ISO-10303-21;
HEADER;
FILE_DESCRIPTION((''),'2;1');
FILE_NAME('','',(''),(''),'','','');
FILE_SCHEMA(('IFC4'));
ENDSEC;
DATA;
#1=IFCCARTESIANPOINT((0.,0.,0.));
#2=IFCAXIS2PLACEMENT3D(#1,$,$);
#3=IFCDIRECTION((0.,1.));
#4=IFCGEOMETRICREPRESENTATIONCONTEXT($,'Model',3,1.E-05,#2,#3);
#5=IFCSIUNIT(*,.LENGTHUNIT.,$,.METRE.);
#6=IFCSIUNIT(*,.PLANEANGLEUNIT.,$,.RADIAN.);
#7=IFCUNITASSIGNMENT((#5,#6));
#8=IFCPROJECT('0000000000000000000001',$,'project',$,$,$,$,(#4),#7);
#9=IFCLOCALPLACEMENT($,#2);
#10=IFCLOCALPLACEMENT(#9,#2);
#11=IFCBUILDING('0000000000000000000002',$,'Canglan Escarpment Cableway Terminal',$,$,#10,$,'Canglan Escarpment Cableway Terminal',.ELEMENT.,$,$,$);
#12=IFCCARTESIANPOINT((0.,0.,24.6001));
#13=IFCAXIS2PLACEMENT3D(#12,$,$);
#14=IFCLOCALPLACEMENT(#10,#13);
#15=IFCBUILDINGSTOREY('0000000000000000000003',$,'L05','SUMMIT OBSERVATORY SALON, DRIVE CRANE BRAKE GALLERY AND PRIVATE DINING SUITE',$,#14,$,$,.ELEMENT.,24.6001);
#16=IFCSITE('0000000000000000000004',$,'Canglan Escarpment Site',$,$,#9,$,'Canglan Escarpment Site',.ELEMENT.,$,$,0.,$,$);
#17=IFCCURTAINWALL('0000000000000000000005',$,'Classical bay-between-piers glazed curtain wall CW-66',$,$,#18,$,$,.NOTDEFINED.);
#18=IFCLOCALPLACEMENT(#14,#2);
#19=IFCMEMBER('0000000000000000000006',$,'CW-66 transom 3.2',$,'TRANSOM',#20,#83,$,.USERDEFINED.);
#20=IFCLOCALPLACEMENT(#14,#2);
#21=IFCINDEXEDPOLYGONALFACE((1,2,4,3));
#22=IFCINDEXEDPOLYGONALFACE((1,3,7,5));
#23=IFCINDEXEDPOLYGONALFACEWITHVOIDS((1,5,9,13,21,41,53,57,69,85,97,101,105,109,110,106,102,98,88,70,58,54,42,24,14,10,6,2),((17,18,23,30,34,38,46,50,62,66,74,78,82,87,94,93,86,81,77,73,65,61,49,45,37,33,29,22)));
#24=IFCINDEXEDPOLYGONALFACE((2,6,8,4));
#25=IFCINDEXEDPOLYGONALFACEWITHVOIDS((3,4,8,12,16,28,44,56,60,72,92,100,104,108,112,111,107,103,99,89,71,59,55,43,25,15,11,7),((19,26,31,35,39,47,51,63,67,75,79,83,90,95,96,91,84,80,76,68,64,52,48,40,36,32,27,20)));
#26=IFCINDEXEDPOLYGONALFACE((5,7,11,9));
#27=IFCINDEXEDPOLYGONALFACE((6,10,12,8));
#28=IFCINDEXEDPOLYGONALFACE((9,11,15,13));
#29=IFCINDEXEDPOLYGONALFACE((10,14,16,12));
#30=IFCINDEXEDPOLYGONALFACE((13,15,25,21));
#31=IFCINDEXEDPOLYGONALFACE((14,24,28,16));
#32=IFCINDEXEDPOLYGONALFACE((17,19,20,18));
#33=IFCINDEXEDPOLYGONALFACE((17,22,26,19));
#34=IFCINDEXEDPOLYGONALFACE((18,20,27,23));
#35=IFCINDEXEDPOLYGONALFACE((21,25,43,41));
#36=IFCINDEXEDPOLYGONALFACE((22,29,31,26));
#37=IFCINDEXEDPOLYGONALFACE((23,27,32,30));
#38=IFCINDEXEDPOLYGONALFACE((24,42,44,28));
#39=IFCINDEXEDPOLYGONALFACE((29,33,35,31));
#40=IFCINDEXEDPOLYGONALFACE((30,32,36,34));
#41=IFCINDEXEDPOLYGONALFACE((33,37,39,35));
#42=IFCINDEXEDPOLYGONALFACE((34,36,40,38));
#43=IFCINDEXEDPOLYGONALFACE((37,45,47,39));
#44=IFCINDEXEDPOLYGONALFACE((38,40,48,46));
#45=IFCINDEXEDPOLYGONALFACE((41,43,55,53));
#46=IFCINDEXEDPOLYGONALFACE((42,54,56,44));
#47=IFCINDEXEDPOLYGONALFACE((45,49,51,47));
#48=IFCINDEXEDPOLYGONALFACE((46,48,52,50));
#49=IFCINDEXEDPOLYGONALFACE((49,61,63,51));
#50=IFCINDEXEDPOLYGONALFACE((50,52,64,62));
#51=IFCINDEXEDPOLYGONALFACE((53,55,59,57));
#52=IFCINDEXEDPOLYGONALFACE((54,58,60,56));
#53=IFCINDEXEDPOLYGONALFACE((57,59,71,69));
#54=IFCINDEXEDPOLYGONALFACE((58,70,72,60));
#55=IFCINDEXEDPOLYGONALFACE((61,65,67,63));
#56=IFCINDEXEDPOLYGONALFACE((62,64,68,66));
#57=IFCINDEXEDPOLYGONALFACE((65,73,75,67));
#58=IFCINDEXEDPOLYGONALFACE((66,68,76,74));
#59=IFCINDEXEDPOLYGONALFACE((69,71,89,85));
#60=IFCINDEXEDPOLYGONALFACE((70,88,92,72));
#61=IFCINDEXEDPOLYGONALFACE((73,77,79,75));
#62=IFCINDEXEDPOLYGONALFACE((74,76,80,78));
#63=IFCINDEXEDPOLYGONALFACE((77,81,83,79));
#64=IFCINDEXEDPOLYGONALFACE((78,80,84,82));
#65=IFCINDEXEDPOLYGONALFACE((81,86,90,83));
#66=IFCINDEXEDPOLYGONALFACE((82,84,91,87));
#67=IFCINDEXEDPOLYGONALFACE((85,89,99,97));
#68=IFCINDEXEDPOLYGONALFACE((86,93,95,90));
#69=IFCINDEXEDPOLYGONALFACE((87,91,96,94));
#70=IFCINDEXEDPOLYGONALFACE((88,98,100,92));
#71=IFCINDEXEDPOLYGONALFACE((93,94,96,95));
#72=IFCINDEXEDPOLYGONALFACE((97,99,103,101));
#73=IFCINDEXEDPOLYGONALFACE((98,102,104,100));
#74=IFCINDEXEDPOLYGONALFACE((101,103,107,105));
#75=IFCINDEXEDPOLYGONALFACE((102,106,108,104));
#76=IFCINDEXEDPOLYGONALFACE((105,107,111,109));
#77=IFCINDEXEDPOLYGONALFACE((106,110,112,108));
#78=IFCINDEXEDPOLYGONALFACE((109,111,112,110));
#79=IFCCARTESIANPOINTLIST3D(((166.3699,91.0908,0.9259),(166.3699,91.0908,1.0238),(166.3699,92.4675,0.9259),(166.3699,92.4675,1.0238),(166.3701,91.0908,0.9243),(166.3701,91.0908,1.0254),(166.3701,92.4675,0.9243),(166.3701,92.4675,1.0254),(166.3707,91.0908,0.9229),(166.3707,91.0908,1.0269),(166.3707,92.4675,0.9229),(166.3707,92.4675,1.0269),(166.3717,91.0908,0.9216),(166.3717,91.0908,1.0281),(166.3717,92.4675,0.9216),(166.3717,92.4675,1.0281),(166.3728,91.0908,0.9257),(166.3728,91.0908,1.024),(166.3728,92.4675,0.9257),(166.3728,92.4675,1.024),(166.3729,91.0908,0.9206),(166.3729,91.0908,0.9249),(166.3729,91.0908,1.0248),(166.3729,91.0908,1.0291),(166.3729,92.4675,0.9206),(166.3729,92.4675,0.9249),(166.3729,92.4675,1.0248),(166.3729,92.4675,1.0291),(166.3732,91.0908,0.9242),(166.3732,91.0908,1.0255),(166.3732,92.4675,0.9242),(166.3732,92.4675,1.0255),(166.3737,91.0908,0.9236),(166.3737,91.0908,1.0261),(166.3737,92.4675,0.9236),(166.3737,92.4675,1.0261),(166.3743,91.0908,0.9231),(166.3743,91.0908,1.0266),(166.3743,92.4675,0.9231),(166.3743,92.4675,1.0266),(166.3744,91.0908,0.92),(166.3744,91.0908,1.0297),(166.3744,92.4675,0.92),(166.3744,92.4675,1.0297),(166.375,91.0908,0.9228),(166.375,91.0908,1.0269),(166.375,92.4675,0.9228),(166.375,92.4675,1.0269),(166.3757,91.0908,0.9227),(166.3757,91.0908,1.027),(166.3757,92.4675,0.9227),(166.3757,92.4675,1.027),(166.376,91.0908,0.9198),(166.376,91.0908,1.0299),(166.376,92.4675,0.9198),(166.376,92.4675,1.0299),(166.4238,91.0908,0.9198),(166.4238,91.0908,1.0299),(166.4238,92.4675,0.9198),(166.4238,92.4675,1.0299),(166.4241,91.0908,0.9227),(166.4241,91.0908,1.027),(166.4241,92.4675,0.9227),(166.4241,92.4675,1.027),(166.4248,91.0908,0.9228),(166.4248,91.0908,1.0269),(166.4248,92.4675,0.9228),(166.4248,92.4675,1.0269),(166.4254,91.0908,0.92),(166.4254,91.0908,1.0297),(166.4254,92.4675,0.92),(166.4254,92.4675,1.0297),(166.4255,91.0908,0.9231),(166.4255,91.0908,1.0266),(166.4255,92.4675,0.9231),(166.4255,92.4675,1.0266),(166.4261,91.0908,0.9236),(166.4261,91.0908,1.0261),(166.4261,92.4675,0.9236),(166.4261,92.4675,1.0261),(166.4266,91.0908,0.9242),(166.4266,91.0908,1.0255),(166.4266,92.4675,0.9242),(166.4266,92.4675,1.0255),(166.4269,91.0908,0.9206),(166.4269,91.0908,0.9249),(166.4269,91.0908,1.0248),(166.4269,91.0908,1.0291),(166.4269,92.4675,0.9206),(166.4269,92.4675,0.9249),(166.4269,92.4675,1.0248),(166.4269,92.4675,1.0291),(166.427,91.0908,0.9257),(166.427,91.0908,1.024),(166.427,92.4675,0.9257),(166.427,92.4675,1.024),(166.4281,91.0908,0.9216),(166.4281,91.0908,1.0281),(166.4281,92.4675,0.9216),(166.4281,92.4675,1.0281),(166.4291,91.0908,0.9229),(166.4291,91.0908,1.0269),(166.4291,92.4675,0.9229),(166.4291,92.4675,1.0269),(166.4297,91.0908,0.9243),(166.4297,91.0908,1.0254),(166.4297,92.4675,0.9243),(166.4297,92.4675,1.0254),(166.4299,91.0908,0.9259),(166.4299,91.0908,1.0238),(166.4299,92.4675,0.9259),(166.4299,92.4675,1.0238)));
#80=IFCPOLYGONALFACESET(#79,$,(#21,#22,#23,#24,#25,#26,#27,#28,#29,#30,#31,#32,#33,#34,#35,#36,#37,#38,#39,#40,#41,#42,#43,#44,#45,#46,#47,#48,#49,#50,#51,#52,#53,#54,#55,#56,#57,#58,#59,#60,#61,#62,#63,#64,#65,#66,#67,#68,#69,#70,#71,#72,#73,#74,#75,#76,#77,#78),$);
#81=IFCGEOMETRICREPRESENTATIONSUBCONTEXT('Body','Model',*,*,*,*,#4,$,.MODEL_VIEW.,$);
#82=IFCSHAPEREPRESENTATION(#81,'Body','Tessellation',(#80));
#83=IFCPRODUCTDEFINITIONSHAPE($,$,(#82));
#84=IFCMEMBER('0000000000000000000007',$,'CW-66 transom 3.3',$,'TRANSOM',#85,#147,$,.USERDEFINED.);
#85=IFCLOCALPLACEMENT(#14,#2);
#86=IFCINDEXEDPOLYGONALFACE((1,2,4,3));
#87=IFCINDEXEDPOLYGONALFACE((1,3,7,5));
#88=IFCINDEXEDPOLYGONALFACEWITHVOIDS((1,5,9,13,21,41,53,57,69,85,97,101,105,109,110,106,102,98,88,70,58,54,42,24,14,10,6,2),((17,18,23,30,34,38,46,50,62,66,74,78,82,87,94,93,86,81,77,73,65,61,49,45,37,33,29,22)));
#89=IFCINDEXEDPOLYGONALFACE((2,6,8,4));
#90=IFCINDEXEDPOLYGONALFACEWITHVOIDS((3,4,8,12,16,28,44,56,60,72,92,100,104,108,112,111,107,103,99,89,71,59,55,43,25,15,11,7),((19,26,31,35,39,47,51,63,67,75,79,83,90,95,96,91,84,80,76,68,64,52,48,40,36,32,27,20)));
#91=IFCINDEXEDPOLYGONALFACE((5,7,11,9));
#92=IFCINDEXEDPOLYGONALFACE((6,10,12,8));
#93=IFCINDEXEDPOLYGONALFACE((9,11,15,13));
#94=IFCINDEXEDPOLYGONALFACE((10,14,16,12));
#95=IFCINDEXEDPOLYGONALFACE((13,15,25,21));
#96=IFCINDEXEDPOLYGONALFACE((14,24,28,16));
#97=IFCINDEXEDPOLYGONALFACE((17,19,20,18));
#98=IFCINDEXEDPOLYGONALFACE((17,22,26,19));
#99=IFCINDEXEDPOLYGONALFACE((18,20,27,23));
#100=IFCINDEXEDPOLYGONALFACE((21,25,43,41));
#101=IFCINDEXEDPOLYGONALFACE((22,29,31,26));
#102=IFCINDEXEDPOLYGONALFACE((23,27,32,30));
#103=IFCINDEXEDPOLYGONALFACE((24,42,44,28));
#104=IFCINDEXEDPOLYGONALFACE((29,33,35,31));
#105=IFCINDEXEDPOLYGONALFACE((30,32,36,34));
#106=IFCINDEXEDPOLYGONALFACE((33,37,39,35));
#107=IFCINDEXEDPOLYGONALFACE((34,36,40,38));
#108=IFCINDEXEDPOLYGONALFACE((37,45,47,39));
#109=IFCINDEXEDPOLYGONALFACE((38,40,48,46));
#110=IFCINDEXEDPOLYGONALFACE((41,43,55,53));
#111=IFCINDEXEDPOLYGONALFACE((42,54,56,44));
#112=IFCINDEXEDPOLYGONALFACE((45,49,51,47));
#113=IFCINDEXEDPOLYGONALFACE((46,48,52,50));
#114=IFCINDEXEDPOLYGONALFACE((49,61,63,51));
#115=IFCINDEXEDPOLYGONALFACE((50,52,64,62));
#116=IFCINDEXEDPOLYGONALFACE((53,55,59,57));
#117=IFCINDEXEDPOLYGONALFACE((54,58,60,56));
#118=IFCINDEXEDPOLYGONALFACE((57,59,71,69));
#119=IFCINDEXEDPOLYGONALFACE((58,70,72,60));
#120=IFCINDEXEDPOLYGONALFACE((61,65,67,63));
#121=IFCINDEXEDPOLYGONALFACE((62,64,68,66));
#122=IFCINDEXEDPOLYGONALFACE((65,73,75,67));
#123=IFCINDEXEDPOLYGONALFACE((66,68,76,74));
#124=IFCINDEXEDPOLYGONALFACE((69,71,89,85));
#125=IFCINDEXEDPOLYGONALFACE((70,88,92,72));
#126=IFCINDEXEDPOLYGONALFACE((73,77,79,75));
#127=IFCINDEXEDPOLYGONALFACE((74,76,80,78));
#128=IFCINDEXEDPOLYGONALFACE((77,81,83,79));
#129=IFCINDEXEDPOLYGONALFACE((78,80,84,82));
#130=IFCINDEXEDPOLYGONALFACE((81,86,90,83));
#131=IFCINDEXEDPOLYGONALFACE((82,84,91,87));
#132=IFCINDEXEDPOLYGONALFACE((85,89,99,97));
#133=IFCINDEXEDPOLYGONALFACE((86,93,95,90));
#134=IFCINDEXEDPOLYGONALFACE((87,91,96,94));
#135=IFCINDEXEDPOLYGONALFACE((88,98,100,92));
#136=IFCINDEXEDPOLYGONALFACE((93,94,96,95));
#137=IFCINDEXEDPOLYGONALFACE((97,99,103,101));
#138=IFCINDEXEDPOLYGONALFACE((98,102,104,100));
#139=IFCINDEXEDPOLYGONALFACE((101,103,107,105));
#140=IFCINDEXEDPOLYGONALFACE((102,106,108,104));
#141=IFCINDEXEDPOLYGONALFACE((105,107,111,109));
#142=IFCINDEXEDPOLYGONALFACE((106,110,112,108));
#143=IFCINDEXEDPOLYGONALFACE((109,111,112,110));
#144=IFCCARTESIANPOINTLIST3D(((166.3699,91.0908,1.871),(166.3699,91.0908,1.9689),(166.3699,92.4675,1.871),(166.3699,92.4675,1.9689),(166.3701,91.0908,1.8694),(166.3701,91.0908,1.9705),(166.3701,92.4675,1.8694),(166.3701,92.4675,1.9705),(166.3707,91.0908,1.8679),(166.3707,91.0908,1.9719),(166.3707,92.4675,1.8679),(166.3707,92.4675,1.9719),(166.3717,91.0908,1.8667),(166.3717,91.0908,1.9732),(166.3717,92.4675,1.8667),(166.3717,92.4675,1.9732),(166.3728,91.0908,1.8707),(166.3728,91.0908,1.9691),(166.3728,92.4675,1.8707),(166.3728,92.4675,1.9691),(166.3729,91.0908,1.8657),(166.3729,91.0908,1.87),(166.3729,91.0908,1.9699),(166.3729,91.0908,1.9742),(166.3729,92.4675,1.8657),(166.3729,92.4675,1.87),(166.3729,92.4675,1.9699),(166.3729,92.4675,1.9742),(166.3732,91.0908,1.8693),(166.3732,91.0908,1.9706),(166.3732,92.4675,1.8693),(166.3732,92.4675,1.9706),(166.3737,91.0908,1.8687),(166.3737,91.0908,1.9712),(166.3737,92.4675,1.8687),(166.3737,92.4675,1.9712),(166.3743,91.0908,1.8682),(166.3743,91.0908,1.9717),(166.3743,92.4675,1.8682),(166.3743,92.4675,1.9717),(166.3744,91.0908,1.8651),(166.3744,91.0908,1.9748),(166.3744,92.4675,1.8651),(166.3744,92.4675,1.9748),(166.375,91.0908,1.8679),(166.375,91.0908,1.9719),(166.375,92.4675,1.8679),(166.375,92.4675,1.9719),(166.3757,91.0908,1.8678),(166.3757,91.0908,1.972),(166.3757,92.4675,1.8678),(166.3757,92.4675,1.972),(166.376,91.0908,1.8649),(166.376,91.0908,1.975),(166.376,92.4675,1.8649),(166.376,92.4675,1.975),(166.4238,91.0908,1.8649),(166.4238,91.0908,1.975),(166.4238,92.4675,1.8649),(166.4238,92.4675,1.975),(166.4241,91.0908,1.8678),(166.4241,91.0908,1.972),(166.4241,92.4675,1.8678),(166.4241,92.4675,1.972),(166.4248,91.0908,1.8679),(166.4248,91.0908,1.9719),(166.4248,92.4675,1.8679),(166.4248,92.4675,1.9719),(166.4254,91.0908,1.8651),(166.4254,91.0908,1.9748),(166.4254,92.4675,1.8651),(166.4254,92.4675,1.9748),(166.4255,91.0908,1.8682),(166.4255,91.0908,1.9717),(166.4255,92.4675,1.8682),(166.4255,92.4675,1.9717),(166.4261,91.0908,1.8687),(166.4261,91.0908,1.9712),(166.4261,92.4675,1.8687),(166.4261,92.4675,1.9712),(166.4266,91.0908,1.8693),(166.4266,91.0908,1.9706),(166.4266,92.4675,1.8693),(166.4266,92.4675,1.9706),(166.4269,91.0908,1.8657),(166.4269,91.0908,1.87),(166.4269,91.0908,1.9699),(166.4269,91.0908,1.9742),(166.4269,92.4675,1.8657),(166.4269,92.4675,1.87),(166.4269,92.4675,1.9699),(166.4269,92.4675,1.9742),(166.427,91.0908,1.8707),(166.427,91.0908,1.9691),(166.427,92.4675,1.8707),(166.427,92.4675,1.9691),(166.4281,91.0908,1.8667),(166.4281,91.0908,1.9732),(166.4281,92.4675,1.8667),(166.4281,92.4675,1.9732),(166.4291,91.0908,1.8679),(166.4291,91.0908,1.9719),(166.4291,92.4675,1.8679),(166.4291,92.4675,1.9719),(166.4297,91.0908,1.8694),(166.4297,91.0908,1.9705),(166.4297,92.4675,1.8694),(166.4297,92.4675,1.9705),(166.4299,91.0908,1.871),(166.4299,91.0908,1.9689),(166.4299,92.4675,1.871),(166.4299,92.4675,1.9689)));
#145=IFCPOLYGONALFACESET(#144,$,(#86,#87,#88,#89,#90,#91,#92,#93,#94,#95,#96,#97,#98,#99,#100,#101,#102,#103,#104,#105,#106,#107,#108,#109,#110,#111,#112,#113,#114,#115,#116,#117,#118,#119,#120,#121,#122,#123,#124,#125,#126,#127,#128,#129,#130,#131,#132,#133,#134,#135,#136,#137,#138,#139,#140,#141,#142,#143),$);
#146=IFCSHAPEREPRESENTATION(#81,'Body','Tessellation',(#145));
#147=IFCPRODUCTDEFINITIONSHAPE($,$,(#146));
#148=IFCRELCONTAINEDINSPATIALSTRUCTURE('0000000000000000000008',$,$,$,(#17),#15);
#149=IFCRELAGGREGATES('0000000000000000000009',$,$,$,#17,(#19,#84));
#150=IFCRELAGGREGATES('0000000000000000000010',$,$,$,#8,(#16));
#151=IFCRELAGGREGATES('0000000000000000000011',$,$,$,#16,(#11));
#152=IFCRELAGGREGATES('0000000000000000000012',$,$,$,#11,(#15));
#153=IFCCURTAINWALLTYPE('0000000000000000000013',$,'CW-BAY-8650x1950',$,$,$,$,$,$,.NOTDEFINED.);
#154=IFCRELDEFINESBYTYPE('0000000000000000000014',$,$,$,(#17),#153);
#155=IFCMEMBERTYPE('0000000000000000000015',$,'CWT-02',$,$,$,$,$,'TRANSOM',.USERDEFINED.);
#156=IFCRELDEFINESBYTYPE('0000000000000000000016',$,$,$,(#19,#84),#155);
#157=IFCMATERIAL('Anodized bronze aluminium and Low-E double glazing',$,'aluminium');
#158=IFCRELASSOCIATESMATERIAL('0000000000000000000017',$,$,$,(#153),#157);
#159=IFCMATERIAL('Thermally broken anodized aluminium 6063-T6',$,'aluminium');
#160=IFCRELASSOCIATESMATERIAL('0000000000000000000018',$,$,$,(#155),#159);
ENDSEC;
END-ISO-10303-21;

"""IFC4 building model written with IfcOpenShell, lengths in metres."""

from ifc_helpers import new_model, si_unit, direction, frame, origin, origin_2d, place, context, subcontext, project, spatial, hollow_rectangle, extrude, material, material_profile, profile_set, type_object, element, aggregate, save


model = new_model("IFC4")

# Units and contexts
model_context = context("Model", 3, precision=1e-05, world=origin(), true_north=direction((0.0, 1.0)))
body_context = subcontext(model_context, "Body", "Model", "MODEL_VIEW")
ifc_project = project(units=[si_unit("LENGTHUNIT", "METRE"), si_unit("PLANEANGLEUNIT", "RADIAN")], contexts=[model_context])

# Site, building, storey
site_placement = place(None, origin())
site = spatial("IfcSite", under=ifc_project, at=site_placement, Name="Canglan Escarpment Site", LongName="Canglan Escarpment Site", CompositionType="ELEMENT", RefElevation=0.0)
building_placement = place(site_placement, origin())
building = spatial("IfcBuilding", under=site, at=building_placement, Name="Canglan Escarpment Cableway Terminal", LongName="Canglan Escarpment Cableway Terminal", CompositionType="ELEMENT")
storey_placement = place(building_placement, frame((0.0, 0.0, 24.6001)))
storey = spatial("IfcBuildingStorey", under=building, at=storey_placement, Name="L05", Description="SUMMIT OBSERVATORY SALON, DRIVE CRANE BRAKE GALLERY AND PRIVATE DINING SUITE", CompositionType="ELEMENT", Elevation=24.6001)

# Curtain wall
ifc_material_1 = material(Name="Anodized bronze aluminium and Low-E double glazing", Category="aluminium")
curtain_wall_type = type_object("IfcCurtainWallType", Name="CW-BAY-8650x1950", PredefinedType="NOTDEFINED", material=ifc_material_1)
curtain_wall_1_placement = place(storey_placement, origin())
curtain_wall_1 = element("IfcCurtainWall", 1, at=curtain_wall_1_placement, inside=storey, type_object=curtain_wall_type, Name="Classical bay-between-piers glazed curtain wall CW-66", PredefinedType="NOTDEFINED")
ifc_material_2 = material(Name="Thermally broken anodized aluminium 6063-T6", Category="aluminium")

# Members
ifc_material_profile_1 = material_profile(ifc_material_2, hollow_rectangle(XDim=0.0601, YDim=0.1101, WallThickness=0.0029, InnerFilletRadius=0.0029, OuterFilletRadius=0.0061, at=origin_2d()), Name="ALU-TRAN 60x110x3")
ifc_profile_set_1 = profile_set([ifc_material_profile_1], Name="Thermally broken anodized aluminium 6063-T6")
member_type_1 = type_object("IfcMemberType", Name="CWT-02", ElementType="TRANSOM", PredefinedType="USERDEFINED", material=ifc_profile_set_1)
member_1_placement = place(storey_placement, frame((166.3999, 91.0908, 0.9749), z_axis=(0.0, 1.0, 0.0), x_axis=(-1.0, 0.0, 0.0)))
member_1 = element("IfcMember", 2, at=member_1_placement, type_object=member_type_1, Name="CW-66 transom 3.2", ObjectType="TRANSOM", PredefinedType="USERDEFINED", context=body_context, shape_type="SweptSolid", body=[
    extrude(hollow_rectangle(XDim=0.0601, YDim=0.1101, WallThickness=0.0029, InnerFilletRadius=0.0029, OuterFilletRadius=0.0061, at=origin_2d()), origin(), (0.0, 0.0, 1.0), 1.3767),
])
member_2_placement = place(storey_placement, frame((166.3999, 91.0908, 1.9199), z_axis=(0.0, 1.0, 0.0), x_axis=(-1.0, 0.0, 0.0)))
member_2 = element("IfcMember", 3, at=member_2_placement, type_object=member_type_1, Name="CW-66 transom 3.3", ObjectType="TRANSOM", PredefinedType="USERDEFINED", context=body_context, shape_type="SweptSolid", body=[
    extrude(hollow_rectangle(XDim=0.0601, YDim=0.1101, WallThickness=0.0029, InnerFilletRadius=0.0029, OuterFilletRadius=0.0061, at=origin_2d()), origin(), (0.0, 0.0, 1.0), 1.3767),
])

aggregate(curtain_wall_1, [member_1, member_2])

save(model, "model.ifc")
